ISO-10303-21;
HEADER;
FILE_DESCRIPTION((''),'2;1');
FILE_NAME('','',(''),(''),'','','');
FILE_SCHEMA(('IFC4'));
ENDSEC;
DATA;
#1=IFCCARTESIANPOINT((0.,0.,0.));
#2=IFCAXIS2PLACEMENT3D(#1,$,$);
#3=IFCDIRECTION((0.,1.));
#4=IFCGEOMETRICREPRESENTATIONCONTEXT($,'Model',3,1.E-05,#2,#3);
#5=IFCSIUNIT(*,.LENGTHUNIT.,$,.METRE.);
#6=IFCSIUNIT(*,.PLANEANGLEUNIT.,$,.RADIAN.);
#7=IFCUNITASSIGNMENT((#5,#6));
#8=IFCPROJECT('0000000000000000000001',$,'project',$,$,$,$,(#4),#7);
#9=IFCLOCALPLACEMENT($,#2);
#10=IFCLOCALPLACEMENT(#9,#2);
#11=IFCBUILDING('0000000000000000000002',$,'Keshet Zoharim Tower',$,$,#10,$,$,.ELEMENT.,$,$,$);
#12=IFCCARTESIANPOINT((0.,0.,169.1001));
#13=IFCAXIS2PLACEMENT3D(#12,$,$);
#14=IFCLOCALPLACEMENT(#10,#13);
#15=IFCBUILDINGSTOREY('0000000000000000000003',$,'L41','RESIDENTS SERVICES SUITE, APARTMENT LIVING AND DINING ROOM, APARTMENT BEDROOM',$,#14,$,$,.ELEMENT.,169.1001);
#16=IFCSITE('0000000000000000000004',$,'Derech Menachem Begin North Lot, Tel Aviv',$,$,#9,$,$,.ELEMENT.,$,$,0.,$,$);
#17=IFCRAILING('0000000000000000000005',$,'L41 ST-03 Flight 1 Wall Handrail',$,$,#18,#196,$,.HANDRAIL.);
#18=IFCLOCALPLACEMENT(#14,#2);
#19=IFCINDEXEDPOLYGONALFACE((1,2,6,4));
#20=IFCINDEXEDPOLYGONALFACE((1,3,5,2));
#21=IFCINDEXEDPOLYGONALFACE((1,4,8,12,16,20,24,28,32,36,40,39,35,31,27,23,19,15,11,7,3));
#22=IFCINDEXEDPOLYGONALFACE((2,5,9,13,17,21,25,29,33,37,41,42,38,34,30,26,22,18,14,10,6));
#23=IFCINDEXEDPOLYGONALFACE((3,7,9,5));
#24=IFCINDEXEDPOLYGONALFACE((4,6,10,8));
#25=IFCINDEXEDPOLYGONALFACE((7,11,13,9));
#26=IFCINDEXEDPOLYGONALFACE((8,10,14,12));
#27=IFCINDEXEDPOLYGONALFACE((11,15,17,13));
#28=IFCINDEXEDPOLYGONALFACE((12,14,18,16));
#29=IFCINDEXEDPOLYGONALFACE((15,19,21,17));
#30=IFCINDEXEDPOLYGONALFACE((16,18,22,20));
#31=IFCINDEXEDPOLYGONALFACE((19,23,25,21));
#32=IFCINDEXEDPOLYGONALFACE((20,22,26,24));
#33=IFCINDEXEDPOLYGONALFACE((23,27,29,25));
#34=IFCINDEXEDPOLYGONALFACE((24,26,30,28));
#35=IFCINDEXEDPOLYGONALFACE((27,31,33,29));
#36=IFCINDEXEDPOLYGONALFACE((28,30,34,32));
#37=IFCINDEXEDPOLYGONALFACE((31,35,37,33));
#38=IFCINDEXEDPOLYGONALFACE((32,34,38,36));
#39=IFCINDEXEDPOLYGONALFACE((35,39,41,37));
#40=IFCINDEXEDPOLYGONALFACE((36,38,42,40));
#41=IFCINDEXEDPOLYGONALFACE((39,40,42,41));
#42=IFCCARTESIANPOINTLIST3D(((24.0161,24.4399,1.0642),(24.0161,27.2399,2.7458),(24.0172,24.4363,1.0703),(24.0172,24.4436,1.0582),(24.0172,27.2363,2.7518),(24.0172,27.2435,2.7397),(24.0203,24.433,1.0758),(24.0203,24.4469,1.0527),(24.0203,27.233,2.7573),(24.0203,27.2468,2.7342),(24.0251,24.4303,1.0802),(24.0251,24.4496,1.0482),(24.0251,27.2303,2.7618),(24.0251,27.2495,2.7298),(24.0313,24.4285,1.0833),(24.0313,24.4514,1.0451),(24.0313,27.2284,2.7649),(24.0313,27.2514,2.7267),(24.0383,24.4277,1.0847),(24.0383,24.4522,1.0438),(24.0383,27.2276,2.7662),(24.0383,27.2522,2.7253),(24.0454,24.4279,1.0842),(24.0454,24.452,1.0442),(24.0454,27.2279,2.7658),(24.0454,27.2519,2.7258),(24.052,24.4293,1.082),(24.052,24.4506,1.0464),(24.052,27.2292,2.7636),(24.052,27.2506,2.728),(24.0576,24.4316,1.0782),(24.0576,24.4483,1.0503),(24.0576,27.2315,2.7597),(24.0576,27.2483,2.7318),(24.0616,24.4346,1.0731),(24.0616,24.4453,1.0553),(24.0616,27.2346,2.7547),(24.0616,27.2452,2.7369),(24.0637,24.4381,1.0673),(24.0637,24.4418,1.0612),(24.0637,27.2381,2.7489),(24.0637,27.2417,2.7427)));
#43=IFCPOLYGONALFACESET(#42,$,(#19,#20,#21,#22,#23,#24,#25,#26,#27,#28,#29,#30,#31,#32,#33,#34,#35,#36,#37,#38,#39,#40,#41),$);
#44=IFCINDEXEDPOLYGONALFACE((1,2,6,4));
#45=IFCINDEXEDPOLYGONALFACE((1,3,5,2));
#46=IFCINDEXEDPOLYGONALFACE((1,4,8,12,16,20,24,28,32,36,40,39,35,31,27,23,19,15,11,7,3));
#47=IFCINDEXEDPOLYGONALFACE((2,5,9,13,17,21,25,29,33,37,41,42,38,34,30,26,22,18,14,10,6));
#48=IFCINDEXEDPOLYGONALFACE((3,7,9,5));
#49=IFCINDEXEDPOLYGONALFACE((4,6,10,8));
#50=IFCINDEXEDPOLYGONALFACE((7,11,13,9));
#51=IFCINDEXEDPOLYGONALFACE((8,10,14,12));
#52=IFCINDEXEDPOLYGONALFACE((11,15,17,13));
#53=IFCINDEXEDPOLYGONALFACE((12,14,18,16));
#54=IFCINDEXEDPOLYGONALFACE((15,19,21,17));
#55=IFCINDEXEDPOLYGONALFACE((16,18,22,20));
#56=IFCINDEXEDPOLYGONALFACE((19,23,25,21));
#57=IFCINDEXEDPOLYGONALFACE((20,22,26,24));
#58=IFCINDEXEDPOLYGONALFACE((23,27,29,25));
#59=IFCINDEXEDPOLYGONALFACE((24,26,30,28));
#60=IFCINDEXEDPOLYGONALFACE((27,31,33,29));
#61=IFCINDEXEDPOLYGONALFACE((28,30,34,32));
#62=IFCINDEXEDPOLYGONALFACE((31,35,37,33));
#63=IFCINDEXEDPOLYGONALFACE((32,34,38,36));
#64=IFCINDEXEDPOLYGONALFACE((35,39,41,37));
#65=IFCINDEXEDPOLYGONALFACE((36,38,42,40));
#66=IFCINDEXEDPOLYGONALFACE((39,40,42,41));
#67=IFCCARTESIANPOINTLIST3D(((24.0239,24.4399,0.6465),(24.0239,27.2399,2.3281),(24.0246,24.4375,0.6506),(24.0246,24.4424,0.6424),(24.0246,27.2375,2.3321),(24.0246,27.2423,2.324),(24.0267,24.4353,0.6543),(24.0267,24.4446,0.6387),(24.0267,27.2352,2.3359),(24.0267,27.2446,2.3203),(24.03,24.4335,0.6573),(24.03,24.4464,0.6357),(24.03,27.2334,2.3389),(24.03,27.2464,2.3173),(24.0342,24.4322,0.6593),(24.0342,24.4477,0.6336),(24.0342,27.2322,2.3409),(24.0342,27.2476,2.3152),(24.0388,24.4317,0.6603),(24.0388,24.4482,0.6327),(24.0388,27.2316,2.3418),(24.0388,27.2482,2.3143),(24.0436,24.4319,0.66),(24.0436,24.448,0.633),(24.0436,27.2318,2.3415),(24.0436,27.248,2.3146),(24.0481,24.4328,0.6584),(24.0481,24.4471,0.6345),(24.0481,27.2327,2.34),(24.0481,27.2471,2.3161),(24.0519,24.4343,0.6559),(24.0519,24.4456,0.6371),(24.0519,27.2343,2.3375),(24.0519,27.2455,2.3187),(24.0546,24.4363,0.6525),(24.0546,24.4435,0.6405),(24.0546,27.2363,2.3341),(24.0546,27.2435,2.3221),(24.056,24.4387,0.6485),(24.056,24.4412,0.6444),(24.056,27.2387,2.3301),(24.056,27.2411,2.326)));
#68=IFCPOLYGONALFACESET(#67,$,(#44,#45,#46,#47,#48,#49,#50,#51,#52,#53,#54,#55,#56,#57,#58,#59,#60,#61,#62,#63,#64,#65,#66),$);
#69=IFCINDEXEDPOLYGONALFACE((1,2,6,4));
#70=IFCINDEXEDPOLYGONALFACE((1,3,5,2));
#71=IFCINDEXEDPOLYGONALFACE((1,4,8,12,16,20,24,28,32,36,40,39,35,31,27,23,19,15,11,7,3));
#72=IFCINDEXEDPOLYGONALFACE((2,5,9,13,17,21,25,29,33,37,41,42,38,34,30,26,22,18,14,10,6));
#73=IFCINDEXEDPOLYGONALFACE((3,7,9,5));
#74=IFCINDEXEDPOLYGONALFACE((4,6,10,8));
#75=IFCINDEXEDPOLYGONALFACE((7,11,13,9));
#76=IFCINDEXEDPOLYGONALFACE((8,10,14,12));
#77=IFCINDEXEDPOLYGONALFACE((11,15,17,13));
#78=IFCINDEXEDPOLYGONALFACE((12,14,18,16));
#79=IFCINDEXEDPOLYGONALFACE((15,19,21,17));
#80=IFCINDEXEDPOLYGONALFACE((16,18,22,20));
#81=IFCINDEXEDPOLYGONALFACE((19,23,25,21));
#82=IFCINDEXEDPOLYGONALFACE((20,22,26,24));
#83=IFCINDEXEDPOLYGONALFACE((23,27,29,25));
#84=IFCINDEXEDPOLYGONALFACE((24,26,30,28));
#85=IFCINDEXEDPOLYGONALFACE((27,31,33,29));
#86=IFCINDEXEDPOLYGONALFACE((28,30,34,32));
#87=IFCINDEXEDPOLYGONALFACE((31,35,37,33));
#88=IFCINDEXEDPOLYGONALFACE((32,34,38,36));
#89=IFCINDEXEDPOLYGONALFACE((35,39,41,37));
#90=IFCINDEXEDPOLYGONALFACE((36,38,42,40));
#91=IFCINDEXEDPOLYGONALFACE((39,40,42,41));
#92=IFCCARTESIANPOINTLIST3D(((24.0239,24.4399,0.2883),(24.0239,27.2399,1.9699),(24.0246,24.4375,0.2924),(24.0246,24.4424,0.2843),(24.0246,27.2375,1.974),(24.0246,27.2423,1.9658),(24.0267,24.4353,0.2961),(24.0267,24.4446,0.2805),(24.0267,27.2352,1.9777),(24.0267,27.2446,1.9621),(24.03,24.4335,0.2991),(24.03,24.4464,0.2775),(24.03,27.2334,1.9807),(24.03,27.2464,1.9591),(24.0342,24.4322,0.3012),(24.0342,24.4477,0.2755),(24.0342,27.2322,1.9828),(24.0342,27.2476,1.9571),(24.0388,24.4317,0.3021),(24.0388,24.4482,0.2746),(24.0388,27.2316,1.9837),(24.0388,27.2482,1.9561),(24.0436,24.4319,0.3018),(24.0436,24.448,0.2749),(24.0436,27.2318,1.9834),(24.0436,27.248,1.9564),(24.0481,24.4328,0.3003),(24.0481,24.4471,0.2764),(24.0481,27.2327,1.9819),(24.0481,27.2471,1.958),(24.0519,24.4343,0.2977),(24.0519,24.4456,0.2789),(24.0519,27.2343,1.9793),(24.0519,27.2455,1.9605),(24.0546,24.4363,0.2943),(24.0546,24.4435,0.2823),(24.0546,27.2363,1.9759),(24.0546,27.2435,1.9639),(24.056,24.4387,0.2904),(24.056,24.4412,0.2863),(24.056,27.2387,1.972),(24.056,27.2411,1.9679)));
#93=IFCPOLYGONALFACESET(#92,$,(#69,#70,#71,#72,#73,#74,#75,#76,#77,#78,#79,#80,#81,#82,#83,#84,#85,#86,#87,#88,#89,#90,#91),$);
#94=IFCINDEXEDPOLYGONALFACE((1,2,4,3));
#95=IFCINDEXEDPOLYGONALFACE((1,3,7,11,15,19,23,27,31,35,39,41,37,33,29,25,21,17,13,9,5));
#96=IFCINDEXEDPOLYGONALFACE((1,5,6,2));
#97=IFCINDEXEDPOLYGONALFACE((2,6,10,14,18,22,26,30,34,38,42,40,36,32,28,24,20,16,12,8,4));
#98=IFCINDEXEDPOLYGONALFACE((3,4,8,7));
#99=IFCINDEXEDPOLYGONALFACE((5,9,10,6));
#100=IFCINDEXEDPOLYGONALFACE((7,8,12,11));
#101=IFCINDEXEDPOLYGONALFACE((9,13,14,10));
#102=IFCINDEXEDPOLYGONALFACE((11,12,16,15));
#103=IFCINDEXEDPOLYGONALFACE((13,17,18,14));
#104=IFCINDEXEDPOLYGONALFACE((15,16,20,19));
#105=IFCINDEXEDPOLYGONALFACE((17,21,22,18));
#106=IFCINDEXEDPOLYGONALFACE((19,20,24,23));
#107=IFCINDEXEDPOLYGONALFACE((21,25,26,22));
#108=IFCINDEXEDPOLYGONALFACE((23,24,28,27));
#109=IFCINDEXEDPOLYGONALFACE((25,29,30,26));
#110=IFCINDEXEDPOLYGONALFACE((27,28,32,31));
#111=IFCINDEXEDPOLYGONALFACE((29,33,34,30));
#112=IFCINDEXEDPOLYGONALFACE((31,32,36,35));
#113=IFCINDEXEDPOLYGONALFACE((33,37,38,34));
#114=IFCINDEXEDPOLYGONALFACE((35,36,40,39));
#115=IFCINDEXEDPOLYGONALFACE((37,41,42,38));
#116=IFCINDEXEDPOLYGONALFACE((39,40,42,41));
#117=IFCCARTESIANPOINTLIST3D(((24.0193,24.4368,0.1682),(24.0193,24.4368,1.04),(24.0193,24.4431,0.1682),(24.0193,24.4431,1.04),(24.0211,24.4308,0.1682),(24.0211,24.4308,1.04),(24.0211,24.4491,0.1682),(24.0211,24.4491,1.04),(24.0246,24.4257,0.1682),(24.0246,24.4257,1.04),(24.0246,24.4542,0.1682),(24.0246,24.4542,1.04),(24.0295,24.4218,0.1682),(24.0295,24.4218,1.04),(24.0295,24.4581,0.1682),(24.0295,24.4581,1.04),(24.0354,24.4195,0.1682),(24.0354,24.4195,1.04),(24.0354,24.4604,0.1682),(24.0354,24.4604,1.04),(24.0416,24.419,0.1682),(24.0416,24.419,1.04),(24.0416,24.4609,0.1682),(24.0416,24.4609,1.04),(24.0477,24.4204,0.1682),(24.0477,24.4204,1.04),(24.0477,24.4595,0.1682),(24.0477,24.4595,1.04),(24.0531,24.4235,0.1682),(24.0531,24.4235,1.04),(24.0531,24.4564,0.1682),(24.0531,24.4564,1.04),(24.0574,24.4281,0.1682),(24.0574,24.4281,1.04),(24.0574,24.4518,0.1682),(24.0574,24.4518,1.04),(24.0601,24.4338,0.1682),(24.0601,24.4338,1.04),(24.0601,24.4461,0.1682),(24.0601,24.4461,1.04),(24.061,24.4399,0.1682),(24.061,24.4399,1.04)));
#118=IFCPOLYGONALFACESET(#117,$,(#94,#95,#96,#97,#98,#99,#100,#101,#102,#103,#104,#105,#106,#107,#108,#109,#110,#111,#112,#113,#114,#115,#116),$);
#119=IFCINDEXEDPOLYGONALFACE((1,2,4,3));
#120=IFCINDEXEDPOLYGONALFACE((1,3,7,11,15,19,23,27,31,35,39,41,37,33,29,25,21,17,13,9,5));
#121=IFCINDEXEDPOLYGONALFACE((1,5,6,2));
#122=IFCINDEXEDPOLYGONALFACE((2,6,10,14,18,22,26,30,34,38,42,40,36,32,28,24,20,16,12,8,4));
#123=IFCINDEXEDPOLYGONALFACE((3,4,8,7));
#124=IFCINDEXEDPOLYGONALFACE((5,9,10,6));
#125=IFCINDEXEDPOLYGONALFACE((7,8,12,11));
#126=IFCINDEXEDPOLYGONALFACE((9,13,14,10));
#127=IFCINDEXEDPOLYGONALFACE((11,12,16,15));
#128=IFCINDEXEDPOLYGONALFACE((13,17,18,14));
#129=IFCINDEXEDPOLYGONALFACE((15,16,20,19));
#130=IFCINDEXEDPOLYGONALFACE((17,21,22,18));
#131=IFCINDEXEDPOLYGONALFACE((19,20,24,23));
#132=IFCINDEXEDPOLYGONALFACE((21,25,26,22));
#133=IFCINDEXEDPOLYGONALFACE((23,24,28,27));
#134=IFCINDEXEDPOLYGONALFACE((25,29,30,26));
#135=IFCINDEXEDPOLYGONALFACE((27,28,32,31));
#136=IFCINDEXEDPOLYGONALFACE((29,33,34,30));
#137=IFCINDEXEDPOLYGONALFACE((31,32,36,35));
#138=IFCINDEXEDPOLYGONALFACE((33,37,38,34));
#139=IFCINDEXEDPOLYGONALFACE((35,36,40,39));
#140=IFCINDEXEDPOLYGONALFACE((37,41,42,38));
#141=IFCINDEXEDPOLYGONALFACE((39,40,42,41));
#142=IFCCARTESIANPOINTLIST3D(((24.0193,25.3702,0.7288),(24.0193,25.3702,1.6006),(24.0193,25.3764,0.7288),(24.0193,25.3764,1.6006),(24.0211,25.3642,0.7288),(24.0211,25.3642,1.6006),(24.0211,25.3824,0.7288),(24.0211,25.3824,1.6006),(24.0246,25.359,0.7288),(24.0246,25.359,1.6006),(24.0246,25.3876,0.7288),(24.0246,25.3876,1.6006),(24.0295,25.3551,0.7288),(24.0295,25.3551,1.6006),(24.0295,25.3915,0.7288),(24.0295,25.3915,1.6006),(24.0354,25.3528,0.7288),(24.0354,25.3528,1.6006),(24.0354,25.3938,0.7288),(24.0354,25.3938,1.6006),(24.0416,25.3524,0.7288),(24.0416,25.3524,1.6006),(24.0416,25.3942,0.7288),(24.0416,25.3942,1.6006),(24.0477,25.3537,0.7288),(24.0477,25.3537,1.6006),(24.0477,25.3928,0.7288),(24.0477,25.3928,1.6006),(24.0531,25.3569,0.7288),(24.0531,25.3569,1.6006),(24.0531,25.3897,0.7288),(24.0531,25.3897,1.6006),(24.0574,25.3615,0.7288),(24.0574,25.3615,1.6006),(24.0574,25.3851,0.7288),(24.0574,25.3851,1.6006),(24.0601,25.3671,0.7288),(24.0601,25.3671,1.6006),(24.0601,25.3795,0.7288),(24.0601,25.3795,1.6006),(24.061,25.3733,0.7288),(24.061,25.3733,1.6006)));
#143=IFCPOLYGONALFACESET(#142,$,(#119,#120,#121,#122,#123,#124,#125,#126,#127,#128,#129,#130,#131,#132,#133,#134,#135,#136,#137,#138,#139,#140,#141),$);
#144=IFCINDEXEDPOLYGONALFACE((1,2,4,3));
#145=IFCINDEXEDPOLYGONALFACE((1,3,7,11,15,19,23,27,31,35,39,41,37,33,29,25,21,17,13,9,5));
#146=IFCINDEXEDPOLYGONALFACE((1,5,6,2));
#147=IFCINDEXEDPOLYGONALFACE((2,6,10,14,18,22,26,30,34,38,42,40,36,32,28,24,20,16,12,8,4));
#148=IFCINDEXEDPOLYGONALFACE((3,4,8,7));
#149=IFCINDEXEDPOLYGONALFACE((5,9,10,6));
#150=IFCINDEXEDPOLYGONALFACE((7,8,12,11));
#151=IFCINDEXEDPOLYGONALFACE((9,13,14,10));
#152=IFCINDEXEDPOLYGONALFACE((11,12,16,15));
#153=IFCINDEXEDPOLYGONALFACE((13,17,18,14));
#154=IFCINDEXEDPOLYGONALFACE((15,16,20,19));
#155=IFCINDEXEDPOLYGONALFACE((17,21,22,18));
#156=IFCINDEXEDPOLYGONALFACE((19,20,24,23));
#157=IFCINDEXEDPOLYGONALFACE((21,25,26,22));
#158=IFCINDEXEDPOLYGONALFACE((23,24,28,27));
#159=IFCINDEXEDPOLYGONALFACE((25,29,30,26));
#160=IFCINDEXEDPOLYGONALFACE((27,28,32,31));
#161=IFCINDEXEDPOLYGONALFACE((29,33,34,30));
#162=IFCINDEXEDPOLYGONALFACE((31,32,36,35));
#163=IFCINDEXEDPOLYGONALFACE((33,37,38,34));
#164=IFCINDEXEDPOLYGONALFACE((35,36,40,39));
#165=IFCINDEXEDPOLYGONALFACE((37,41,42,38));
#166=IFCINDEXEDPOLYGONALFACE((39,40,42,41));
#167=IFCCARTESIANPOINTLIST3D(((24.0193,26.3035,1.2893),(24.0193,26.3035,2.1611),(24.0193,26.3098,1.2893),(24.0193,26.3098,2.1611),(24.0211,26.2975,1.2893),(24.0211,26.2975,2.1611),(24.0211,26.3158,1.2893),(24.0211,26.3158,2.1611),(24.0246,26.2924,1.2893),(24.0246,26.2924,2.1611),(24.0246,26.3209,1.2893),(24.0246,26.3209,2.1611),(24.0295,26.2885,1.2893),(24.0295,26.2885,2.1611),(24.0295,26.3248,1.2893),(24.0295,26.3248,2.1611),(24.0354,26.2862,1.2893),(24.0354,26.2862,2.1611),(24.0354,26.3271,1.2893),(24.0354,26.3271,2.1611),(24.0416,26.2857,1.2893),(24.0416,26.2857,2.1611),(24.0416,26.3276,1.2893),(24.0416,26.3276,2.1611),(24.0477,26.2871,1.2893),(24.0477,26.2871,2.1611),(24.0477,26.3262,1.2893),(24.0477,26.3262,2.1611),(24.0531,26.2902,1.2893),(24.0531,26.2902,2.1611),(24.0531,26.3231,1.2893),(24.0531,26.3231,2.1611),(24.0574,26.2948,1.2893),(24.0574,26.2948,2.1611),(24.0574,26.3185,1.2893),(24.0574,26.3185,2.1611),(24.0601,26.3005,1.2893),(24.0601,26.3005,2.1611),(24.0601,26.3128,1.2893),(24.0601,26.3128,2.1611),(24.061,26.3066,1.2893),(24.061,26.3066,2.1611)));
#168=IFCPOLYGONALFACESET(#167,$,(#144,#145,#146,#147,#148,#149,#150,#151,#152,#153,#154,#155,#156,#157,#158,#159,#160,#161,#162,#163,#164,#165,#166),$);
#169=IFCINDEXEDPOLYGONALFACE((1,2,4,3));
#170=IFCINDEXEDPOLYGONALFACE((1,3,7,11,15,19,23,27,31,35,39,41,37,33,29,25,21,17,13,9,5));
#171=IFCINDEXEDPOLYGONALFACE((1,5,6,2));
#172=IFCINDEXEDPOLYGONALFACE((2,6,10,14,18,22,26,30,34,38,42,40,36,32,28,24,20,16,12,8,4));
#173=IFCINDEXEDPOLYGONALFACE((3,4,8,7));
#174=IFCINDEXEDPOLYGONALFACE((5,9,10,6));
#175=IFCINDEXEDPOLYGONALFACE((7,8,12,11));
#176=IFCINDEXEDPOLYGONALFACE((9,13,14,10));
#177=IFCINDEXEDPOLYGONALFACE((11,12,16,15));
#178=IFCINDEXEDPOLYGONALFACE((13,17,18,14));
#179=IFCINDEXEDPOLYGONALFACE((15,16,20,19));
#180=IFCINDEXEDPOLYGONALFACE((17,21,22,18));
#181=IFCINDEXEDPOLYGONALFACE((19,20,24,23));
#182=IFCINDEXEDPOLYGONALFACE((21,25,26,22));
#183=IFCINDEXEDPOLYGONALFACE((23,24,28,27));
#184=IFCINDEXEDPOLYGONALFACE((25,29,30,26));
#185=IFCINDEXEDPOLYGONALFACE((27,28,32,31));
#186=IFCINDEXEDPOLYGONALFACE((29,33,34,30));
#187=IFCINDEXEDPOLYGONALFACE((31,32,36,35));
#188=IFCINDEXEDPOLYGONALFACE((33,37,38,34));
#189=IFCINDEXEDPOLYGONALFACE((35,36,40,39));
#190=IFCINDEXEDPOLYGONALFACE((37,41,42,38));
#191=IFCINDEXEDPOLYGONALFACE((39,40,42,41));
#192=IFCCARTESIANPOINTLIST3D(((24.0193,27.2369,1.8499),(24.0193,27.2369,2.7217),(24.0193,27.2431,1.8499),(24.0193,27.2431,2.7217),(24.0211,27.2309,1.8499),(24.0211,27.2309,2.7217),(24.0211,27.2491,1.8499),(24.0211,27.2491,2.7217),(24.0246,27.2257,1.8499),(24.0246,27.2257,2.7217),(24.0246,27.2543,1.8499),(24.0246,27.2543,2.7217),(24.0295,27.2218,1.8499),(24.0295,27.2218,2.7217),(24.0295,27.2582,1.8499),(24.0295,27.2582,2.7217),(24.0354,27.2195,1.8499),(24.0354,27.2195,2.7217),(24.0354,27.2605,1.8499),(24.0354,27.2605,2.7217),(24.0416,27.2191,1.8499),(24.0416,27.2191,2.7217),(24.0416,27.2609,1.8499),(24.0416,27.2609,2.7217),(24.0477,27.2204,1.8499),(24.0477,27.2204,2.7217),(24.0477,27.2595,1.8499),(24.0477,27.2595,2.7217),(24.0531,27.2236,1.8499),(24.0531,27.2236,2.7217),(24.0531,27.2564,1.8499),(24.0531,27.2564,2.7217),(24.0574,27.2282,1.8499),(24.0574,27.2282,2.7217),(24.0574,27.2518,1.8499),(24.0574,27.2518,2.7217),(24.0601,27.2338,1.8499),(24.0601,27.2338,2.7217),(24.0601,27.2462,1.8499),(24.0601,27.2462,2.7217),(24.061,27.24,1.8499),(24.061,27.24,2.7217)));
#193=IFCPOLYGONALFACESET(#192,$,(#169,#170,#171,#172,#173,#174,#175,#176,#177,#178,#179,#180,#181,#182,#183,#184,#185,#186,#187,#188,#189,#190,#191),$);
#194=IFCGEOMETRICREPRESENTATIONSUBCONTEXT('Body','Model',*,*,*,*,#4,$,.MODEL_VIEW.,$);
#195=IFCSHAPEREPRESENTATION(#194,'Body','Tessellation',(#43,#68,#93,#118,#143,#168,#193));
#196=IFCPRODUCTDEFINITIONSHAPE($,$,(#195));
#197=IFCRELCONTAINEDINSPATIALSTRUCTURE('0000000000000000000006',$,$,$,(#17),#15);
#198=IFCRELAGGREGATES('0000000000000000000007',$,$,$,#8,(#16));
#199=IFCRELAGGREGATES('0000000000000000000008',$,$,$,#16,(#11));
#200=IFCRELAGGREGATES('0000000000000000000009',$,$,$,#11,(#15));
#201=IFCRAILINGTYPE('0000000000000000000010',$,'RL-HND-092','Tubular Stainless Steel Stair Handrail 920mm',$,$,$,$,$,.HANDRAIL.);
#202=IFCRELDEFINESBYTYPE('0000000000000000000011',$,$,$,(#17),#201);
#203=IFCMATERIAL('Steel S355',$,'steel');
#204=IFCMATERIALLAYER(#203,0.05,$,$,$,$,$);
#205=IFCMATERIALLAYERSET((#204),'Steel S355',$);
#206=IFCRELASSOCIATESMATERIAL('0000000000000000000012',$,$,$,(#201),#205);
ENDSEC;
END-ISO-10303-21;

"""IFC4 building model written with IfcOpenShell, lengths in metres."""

from ifc_helpers import new_model, si_unit, direction, frame, origin, origin_2d, place, context, subcontext, project, spatial, circle, extrude, material, layer, layer_set, type_object, element, save


model = new_model("IFC4")

# Units and contexts
model_context = context("Model", 3, precision=1e-05, world=origin(), true_north=direction((0.0, 1.0)))
body_context = subcontext(model_context, "Body", "Model", "MODEL_VIEW")
ifc_project = project(units=[si_unit("LENGTHUNIT", "METRE"), si_unit("PLANEANGLEUNIT", "RADIAN")], contexts=[model_context])

# Site, building, storey
site_placement = place(None, origin())
site = spatial("IfcSite", under=ifc_project, at=site_placement, Name="Derech Menachem Begin North Lot, Tel Aviv", CompositionType="ELEMENT", RefElevation=0.0)
building_placement = place(site_placement, origin())
building = spatial("IfcBuilding", under=site, at=building_placement, Name="Keshet Zoharim Tower", CompositionType="ELEMENT")
storey_placement = place(building_placement, frame((0.0, 0.0, 169.1001)))
storey = spatial("IfcBuildingStorey", under=building, at=storey_placement, Name="L41", Description="RESIDENTS SERVICES SUITE, APARTMENT LIVING AND DINING ROOM, APARTMENT BEDROOM", CompositionType="ELEMENT", Elevation=169.1001)

# Railing
ifc_material_1 = material(Name="Steel S355", Category="steel")
ifc_layer_1 = layer(ifc_material_1, 0.05)
ifc_layer_set_1 = layer_set([ifc_layer_1], Name="Steel S355")
railing_type_1 = type_object("IfcRailingType", Name="RL-HND-092", Description="Tubular Stainless Steel Stair Handrail 920mm", PredefinedType="HANDRAIL", material=ifc_layer_set_1)
railing_1_placement = place(storey_placement, frame((24.04, 24.4399, 0.1682)))
element("IfcRailing", 1, at=railing_1_placement, inside=storey, type_object=railing_type_1, Name="L41 ST-03 Flight 1 Wall Handrail", PredefinedType="HANDRAIL", context=body_context, shape_type="SweptSolid", body=[
    extrude(circle(Radius=0.0239, at=origin_2d()), frame((0.0, 0.0, 0.896), z_axis=(0.0, 0.857275, 0.514858), x_axis=(-1.0, 0.0, 0.0)), (0.0, 0.0, 1.0), 3.2661),
    extrude(circle(Radius=0.0161, at=origin_2d()), frame((0.0, 0.0, 0.4783), z_axis=(0.0, 0.857275, 0.514858), x_axis=(-1.0, 0.0, 0.0)), (0.0, 0.0, 1.0), 3.2661),
    extrude(circle(Radius=0.0161, at=origin_2d()), frame((0.0, 0.0, 0.1201), z_axis=(0.0, 0.857275, 0.514858), x_axis=(-1.0, 0.0, 0.0)), (0.0, 0.0, 1.0), 3.2661),
    extrude(circle(Radius=0.021, at=origin_2d()), origin(), (0.0, 0.0, 1.0), 0.8718),
    extrude(circle(Radius=0.021, at=origin_2d()), frame((0.0, 0.9333, 0.5605)), (0.0, 0.0, 1.0), 0.8718),
    extrude(circle(Radius=0.021, at=origin_2d()), frame((0.0, 1.8667, 1.1211)), (0.0, 0.0, 1.0), 0.8718),
    extrude(circle(Radius=0.021, at=origin_2d()), frame((0.0, 2.8, 1.6816)), (0.0, 0.0, 1.0), 0.8718),
])

save(model, "model.ifc")
